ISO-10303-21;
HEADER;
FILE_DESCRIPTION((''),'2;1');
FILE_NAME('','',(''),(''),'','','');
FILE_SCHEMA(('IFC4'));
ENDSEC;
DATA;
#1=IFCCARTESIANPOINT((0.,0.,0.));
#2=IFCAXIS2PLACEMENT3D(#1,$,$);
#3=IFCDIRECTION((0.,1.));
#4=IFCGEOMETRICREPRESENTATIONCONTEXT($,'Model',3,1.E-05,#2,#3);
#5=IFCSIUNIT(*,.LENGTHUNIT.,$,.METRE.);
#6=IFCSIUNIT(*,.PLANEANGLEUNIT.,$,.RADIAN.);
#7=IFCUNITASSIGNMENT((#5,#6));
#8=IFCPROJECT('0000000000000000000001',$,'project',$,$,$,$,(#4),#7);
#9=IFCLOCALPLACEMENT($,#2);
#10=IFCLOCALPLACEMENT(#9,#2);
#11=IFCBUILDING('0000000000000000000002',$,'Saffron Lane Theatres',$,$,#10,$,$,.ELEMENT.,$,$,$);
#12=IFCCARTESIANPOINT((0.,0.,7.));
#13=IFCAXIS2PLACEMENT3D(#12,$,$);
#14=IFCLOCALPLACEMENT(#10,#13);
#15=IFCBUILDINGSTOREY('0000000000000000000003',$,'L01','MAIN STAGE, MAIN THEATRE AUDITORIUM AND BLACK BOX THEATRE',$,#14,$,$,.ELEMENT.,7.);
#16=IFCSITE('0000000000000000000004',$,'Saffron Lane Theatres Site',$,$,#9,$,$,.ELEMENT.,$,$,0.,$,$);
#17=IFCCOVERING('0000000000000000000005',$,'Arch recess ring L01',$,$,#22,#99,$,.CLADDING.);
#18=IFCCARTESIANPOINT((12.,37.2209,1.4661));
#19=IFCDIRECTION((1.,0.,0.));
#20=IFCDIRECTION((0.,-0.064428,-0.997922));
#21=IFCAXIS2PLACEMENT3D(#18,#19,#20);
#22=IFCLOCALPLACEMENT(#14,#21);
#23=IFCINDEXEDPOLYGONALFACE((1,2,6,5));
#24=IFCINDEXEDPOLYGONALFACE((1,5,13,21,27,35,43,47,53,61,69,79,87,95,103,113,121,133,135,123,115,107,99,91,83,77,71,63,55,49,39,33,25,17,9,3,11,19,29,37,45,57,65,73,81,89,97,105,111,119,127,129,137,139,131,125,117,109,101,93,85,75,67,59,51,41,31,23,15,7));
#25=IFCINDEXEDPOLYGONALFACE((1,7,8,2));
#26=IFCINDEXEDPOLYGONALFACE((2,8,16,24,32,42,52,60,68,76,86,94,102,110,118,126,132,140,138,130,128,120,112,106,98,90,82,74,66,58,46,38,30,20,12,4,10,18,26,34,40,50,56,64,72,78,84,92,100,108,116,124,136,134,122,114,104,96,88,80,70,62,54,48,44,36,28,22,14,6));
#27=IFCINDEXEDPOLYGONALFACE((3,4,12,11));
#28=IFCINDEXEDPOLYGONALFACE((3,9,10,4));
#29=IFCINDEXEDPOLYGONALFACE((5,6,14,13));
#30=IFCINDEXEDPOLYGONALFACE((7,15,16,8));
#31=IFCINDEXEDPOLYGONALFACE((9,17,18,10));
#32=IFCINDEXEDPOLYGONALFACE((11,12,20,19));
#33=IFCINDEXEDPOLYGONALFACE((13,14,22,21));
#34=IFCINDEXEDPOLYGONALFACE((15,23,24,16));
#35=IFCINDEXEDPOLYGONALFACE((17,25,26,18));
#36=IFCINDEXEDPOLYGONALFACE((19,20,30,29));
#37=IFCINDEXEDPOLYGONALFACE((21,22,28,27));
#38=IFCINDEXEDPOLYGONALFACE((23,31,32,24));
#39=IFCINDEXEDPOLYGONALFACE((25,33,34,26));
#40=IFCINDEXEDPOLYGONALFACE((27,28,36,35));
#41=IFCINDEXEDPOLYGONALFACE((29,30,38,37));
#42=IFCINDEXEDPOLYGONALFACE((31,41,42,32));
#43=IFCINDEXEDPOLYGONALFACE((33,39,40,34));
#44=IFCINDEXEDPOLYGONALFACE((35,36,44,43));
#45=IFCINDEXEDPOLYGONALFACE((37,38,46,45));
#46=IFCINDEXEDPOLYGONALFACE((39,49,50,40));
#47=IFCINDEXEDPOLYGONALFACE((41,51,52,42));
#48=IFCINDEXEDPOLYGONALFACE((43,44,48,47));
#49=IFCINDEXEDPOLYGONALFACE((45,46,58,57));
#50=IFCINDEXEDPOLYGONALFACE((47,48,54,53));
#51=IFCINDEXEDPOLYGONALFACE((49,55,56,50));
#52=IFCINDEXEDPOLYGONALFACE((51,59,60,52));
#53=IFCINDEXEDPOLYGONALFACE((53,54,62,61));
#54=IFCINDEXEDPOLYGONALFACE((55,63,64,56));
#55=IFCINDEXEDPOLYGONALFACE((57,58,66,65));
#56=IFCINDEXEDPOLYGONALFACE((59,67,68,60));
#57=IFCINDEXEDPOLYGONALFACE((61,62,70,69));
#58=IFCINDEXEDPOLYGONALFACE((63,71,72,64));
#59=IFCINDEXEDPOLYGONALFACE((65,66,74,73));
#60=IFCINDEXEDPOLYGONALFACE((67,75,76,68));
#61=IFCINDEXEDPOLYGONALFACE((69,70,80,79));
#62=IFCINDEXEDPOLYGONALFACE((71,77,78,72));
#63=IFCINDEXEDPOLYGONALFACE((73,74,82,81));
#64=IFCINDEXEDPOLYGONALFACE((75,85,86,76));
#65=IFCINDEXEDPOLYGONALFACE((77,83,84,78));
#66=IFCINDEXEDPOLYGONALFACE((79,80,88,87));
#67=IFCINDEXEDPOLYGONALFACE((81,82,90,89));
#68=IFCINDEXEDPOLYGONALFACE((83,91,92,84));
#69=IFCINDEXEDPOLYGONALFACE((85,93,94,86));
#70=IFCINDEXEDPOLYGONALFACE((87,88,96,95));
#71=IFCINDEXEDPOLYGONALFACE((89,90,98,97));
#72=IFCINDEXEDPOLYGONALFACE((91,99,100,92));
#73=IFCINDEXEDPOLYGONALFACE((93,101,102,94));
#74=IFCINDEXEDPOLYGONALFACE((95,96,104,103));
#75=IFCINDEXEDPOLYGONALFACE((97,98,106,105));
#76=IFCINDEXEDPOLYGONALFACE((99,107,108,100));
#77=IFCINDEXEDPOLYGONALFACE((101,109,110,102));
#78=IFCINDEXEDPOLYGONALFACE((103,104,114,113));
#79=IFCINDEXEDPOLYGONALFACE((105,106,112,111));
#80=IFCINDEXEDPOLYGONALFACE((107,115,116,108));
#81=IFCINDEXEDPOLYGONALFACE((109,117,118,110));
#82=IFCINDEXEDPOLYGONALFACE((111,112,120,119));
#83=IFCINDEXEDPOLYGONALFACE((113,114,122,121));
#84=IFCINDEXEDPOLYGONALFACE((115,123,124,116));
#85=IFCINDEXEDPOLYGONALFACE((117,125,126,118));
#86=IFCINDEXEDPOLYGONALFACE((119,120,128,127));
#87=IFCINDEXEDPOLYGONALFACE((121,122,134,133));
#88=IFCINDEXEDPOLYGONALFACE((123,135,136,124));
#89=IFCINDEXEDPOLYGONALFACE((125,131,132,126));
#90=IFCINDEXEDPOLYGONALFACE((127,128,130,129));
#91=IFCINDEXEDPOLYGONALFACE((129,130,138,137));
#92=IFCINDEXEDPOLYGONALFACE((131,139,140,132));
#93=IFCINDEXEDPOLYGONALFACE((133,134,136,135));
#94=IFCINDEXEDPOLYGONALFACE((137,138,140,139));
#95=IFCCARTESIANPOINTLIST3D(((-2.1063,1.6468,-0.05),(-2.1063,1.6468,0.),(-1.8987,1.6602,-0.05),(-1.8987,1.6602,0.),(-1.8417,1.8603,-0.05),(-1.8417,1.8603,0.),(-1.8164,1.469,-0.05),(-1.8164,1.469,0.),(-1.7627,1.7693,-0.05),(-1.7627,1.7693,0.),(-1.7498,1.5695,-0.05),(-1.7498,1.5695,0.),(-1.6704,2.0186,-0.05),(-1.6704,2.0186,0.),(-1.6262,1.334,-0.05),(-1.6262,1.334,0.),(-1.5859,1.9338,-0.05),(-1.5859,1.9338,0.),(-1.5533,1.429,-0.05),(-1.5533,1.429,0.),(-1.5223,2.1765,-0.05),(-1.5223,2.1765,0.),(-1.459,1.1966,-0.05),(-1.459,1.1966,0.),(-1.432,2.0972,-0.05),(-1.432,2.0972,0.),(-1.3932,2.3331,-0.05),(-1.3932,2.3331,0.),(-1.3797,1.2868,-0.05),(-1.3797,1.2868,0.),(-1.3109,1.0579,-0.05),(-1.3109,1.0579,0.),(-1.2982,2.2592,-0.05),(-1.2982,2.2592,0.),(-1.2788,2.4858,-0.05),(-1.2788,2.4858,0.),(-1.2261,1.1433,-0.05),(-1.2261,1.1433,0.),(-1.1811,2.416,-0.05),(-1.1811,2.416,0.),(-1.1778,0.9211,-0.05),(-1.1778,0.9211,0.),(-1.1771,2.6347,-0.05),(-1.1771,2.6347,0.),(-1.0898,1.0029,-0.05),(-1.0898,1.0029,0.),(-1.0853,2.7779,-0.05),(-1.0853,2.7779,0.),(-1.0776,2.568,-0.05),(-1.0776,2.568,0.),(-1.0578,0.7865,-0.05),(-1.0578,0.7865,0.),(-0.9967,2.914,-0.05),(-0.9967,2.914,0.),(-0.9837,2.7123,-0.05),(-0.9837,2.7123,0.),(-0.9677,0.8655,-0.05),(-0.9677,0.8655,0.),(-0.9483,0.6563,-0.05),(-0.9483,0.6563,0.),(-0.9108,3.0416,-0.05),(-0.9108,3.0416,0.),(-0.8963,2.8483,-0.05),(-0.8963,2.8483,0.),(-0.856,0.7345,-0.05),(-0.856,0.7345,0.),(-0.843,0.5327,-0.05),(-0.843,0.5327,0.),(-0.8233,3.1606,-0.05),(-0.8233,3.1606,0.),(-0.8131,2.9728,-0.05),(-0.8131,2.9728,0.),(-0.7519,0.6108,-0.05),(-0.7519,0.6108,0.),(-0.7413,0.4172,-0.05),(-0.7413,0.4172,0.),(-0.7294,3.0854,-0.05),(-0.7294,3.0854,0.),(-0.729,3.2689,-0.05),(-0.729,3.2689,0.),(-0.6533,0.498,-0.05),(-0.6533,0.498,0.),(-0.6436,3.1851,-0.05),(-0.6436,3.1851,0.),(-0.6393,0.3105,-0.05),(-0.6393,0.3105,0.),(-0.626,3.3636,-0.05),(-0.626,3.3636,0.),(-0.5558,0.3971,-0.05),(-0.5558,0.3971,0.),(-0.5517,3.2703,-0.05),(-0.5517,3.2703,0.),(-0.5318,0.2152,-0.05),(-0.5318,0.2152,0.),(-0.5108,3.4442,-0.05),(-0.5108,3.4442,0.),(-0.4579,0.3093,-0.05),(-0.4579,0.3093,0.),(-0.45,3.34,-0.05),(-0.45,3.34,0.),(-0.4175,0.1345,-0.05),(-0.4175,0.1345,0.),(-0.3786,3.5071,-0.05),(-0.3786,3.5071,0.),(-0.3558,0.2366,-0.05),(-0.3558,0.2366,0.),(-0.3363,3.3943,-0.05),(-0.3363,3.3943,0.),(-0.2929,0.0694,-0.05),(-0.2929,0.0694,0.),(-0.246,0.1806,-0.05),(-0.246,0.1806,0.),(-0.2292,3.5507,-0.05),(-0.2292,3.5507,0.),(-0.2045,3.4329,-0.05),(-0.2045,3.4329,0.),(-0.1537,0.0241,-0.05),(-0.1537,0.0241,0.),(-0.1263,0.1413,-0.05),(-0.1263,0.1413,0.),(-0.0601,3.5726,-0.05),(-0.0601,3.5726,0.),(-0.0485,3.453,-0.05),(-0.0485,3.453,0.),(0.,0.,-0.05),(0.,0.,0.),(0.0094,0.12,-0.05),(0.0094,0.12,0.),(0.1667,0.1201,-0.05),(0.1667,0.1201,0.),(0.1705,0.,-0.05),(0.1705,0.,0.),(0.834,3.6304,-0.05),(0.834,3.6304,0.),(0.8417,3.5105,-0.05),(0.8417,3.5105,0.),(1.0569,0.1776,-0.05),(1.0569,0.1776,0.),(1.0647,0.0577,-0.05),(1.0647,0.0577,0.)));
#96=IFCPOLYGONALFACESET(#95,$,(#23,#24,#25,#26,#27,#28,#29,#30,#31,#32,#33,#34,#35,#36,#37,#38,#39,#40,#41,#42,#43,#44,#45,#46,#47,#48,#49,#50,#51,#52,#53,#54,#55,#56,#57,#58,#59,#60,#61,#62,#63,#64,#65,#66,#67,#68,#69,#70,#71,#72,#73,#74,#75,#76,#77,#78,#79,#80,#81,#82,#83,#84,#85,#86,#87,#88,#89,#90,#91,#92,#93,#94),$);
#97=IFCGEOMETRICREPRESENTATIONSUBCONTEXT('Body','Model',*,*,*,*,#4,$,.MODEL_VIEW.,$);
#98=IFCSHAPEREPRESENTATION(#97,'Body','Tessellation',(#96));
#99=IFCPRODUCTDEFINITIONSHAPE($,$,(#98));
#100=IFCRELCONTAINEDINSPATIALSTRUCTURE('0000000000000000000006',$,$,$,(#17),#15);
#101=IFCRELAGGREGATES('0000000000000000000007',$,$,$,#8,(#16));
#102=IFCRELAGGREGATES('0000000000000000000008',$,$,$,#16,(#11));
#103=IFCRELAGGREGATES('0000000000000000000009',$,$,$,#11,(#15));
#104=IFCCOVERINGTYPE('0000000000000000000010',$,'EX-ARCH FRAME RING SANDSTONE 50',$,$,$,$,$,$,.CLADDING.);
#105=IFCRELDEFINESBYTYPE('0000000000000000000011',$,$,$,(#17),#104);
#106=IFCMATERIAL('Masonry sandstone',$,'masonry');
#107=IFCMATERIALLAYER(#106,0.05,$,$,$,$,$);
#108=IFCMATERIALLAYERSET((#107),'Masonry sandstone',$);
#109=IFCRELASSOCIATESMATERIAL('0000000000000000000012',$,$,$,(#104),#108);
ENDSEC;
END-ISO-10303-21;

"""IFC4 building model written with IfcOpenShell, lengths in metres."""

from ifc_helpers import new_model, si_unit, direction, frame, origin, place, context, subcontext, project, spatial, polyline, outline, extrude, material, layer, layer_set, type_object, element, save


model = new_model("IFC4")

# Units and contexts
model_context = context("Model", 3, precision=1e-05, world=origin(), true_north=direction((0.0, 1.0)))
body_context = subcontext(model_context, "Body", "Model", "MODEL_VIEW")
ifc_project = project(units=[si_unit("LENGTHUNIT", "METRE"), si_unit("PLANEANGLEUNIT", "RADIAN")], contexts=[model_context])

# Site, building, storey
site_placement = place(None, origin())
site = spatial("IfcSite", under=ifc_project, at=site_placement, Name="Saffron Lane Theatres Site", CompositionType="ELEMENT", RefElevation=0.0)
building_placement = place(site_placement, origin())
building = spatial("IfcBuilding", under=site, at=building_placement, Name="Saffron Lane Theatres", CompositionType="ELEMENT")
storey_placement = place(building_placement, frame((0.0, 0.0, 7.0)))
storey = spatial("IfcBuildingStorey", under=building, at=storey_placement, Name="L01", Description="MAIN STAGE, MAIN THEATRE AUDITORIUM AND BLACK BOX THEATRE", CompositionType="ELEMENT", Elevation=7.0)

# Covering
ifc_material_1 = material(Name="Masonry sandstone", Category="masonry")
ifc_layer_1 = layer(ifc_material_1, 0.05)
ifc_layer_set_1 = layer_set([ifc_layer_1], Name="Masonry sandstone")
covering_type_1 = type_object("IfcCoveringType", Name="EX-ARCH FRAME RING SANDSTONE 50", PredefinedType="CLADDING", material=ifc_layer_set_1)
covering_1_placement = place(storey_placement, frame((12.0, 37.2209, 1.4661), z_axis=(1.0, 0.0, 0.0), x_axis=(0.0, -0.064428, -0.997922)))
element("IfcCovering", 1, at=covering_1_placement, inside=storey, type_object=covering_type_1, Name="Arch recess ring L01", PredefinedType="CLADDING", context=body_context, shape_type="SweptSolid", body=[
    extrude(outline(polyline([(0.0, 0.0), (0.1705, 0.0), (1.0647, 0.0577), (1.0569, 0.1776), (0.1667, 0.1201), (0.0094, 0.12), (-0.1263, 0.1413), (-0.246, 0.1806), (-0.3558, 0.2366), (-0.4579, 0.3093), (-0.5558, 0.3971), (-0.6533, 0.498), (-0.7519, 0.6108), (-0.856, 0.7345), (-0.9677, 0.8655), (-1.0898, 1.0029), (-1.2261, 1.1433), (-1.3797, 1.2868), (-1.5533, 1.429), (-1.7498, 1.5695), (-1.8987, 1.6602), (-1.7627, 1.7693), (-1.5859, 1.9338), (-1.432, 2.0972), (-1.2982, 2.2592), (-1.1811, 2.416), (-1.0776, 2.568), (-0.9837, 2.7123), (-0.8963, 2.8483), (-0.8131, 2.9728), (-0.7294, 3.0854), (-0.6436, 3.1851), (-0.5517, 3.2703), (-0.45, 3.34), (-0.3363, 3.3943), (-0.2045, 3.4329), (-0.0485, 3.453), (0.8417, 3.5105), (0.834, 3.6304), (-0.0601, 3.5726), (-0.2292, 3.5507), (-0.3786, 3.5071), (-0.5108, 3.4442), (-0.626, 3.3636), (-0.729, 3.2689), (-0.8233, 3.1606), (-0.9108, 3.0416), (-0.9967, 2.914), (-1.0853, 2.7779), (-1.1771, 2.6347), (-1.2788, 2.4858), (-1.3932, 2.3331), (-1.5223, 2.1765), (-1.6704, 2.0186), (-1.8417, 1.8603), (-2.1063, 1.6468), (-1.8164, 1.469), (-1.6262, 1.334), (-1.459, 1.1966), (-1.3109, 1.0579), (-1.1778, 0.9211), (-1.0578, 0.7865), (-0.9483, 0.6563), (-0.843, 0.5327), (-0.7413, 0.4172), (-0.6393, 0.3105), (-0.5318, 0.2152), (-0.4175, 0.1345), (-0.2929, 0.0694), (-0.1537, 0.0241), (0.0, 0.0)])), origin(), (0.0, 0.0, -1.0), 0.05),
])

save(model, "model.ifc")
